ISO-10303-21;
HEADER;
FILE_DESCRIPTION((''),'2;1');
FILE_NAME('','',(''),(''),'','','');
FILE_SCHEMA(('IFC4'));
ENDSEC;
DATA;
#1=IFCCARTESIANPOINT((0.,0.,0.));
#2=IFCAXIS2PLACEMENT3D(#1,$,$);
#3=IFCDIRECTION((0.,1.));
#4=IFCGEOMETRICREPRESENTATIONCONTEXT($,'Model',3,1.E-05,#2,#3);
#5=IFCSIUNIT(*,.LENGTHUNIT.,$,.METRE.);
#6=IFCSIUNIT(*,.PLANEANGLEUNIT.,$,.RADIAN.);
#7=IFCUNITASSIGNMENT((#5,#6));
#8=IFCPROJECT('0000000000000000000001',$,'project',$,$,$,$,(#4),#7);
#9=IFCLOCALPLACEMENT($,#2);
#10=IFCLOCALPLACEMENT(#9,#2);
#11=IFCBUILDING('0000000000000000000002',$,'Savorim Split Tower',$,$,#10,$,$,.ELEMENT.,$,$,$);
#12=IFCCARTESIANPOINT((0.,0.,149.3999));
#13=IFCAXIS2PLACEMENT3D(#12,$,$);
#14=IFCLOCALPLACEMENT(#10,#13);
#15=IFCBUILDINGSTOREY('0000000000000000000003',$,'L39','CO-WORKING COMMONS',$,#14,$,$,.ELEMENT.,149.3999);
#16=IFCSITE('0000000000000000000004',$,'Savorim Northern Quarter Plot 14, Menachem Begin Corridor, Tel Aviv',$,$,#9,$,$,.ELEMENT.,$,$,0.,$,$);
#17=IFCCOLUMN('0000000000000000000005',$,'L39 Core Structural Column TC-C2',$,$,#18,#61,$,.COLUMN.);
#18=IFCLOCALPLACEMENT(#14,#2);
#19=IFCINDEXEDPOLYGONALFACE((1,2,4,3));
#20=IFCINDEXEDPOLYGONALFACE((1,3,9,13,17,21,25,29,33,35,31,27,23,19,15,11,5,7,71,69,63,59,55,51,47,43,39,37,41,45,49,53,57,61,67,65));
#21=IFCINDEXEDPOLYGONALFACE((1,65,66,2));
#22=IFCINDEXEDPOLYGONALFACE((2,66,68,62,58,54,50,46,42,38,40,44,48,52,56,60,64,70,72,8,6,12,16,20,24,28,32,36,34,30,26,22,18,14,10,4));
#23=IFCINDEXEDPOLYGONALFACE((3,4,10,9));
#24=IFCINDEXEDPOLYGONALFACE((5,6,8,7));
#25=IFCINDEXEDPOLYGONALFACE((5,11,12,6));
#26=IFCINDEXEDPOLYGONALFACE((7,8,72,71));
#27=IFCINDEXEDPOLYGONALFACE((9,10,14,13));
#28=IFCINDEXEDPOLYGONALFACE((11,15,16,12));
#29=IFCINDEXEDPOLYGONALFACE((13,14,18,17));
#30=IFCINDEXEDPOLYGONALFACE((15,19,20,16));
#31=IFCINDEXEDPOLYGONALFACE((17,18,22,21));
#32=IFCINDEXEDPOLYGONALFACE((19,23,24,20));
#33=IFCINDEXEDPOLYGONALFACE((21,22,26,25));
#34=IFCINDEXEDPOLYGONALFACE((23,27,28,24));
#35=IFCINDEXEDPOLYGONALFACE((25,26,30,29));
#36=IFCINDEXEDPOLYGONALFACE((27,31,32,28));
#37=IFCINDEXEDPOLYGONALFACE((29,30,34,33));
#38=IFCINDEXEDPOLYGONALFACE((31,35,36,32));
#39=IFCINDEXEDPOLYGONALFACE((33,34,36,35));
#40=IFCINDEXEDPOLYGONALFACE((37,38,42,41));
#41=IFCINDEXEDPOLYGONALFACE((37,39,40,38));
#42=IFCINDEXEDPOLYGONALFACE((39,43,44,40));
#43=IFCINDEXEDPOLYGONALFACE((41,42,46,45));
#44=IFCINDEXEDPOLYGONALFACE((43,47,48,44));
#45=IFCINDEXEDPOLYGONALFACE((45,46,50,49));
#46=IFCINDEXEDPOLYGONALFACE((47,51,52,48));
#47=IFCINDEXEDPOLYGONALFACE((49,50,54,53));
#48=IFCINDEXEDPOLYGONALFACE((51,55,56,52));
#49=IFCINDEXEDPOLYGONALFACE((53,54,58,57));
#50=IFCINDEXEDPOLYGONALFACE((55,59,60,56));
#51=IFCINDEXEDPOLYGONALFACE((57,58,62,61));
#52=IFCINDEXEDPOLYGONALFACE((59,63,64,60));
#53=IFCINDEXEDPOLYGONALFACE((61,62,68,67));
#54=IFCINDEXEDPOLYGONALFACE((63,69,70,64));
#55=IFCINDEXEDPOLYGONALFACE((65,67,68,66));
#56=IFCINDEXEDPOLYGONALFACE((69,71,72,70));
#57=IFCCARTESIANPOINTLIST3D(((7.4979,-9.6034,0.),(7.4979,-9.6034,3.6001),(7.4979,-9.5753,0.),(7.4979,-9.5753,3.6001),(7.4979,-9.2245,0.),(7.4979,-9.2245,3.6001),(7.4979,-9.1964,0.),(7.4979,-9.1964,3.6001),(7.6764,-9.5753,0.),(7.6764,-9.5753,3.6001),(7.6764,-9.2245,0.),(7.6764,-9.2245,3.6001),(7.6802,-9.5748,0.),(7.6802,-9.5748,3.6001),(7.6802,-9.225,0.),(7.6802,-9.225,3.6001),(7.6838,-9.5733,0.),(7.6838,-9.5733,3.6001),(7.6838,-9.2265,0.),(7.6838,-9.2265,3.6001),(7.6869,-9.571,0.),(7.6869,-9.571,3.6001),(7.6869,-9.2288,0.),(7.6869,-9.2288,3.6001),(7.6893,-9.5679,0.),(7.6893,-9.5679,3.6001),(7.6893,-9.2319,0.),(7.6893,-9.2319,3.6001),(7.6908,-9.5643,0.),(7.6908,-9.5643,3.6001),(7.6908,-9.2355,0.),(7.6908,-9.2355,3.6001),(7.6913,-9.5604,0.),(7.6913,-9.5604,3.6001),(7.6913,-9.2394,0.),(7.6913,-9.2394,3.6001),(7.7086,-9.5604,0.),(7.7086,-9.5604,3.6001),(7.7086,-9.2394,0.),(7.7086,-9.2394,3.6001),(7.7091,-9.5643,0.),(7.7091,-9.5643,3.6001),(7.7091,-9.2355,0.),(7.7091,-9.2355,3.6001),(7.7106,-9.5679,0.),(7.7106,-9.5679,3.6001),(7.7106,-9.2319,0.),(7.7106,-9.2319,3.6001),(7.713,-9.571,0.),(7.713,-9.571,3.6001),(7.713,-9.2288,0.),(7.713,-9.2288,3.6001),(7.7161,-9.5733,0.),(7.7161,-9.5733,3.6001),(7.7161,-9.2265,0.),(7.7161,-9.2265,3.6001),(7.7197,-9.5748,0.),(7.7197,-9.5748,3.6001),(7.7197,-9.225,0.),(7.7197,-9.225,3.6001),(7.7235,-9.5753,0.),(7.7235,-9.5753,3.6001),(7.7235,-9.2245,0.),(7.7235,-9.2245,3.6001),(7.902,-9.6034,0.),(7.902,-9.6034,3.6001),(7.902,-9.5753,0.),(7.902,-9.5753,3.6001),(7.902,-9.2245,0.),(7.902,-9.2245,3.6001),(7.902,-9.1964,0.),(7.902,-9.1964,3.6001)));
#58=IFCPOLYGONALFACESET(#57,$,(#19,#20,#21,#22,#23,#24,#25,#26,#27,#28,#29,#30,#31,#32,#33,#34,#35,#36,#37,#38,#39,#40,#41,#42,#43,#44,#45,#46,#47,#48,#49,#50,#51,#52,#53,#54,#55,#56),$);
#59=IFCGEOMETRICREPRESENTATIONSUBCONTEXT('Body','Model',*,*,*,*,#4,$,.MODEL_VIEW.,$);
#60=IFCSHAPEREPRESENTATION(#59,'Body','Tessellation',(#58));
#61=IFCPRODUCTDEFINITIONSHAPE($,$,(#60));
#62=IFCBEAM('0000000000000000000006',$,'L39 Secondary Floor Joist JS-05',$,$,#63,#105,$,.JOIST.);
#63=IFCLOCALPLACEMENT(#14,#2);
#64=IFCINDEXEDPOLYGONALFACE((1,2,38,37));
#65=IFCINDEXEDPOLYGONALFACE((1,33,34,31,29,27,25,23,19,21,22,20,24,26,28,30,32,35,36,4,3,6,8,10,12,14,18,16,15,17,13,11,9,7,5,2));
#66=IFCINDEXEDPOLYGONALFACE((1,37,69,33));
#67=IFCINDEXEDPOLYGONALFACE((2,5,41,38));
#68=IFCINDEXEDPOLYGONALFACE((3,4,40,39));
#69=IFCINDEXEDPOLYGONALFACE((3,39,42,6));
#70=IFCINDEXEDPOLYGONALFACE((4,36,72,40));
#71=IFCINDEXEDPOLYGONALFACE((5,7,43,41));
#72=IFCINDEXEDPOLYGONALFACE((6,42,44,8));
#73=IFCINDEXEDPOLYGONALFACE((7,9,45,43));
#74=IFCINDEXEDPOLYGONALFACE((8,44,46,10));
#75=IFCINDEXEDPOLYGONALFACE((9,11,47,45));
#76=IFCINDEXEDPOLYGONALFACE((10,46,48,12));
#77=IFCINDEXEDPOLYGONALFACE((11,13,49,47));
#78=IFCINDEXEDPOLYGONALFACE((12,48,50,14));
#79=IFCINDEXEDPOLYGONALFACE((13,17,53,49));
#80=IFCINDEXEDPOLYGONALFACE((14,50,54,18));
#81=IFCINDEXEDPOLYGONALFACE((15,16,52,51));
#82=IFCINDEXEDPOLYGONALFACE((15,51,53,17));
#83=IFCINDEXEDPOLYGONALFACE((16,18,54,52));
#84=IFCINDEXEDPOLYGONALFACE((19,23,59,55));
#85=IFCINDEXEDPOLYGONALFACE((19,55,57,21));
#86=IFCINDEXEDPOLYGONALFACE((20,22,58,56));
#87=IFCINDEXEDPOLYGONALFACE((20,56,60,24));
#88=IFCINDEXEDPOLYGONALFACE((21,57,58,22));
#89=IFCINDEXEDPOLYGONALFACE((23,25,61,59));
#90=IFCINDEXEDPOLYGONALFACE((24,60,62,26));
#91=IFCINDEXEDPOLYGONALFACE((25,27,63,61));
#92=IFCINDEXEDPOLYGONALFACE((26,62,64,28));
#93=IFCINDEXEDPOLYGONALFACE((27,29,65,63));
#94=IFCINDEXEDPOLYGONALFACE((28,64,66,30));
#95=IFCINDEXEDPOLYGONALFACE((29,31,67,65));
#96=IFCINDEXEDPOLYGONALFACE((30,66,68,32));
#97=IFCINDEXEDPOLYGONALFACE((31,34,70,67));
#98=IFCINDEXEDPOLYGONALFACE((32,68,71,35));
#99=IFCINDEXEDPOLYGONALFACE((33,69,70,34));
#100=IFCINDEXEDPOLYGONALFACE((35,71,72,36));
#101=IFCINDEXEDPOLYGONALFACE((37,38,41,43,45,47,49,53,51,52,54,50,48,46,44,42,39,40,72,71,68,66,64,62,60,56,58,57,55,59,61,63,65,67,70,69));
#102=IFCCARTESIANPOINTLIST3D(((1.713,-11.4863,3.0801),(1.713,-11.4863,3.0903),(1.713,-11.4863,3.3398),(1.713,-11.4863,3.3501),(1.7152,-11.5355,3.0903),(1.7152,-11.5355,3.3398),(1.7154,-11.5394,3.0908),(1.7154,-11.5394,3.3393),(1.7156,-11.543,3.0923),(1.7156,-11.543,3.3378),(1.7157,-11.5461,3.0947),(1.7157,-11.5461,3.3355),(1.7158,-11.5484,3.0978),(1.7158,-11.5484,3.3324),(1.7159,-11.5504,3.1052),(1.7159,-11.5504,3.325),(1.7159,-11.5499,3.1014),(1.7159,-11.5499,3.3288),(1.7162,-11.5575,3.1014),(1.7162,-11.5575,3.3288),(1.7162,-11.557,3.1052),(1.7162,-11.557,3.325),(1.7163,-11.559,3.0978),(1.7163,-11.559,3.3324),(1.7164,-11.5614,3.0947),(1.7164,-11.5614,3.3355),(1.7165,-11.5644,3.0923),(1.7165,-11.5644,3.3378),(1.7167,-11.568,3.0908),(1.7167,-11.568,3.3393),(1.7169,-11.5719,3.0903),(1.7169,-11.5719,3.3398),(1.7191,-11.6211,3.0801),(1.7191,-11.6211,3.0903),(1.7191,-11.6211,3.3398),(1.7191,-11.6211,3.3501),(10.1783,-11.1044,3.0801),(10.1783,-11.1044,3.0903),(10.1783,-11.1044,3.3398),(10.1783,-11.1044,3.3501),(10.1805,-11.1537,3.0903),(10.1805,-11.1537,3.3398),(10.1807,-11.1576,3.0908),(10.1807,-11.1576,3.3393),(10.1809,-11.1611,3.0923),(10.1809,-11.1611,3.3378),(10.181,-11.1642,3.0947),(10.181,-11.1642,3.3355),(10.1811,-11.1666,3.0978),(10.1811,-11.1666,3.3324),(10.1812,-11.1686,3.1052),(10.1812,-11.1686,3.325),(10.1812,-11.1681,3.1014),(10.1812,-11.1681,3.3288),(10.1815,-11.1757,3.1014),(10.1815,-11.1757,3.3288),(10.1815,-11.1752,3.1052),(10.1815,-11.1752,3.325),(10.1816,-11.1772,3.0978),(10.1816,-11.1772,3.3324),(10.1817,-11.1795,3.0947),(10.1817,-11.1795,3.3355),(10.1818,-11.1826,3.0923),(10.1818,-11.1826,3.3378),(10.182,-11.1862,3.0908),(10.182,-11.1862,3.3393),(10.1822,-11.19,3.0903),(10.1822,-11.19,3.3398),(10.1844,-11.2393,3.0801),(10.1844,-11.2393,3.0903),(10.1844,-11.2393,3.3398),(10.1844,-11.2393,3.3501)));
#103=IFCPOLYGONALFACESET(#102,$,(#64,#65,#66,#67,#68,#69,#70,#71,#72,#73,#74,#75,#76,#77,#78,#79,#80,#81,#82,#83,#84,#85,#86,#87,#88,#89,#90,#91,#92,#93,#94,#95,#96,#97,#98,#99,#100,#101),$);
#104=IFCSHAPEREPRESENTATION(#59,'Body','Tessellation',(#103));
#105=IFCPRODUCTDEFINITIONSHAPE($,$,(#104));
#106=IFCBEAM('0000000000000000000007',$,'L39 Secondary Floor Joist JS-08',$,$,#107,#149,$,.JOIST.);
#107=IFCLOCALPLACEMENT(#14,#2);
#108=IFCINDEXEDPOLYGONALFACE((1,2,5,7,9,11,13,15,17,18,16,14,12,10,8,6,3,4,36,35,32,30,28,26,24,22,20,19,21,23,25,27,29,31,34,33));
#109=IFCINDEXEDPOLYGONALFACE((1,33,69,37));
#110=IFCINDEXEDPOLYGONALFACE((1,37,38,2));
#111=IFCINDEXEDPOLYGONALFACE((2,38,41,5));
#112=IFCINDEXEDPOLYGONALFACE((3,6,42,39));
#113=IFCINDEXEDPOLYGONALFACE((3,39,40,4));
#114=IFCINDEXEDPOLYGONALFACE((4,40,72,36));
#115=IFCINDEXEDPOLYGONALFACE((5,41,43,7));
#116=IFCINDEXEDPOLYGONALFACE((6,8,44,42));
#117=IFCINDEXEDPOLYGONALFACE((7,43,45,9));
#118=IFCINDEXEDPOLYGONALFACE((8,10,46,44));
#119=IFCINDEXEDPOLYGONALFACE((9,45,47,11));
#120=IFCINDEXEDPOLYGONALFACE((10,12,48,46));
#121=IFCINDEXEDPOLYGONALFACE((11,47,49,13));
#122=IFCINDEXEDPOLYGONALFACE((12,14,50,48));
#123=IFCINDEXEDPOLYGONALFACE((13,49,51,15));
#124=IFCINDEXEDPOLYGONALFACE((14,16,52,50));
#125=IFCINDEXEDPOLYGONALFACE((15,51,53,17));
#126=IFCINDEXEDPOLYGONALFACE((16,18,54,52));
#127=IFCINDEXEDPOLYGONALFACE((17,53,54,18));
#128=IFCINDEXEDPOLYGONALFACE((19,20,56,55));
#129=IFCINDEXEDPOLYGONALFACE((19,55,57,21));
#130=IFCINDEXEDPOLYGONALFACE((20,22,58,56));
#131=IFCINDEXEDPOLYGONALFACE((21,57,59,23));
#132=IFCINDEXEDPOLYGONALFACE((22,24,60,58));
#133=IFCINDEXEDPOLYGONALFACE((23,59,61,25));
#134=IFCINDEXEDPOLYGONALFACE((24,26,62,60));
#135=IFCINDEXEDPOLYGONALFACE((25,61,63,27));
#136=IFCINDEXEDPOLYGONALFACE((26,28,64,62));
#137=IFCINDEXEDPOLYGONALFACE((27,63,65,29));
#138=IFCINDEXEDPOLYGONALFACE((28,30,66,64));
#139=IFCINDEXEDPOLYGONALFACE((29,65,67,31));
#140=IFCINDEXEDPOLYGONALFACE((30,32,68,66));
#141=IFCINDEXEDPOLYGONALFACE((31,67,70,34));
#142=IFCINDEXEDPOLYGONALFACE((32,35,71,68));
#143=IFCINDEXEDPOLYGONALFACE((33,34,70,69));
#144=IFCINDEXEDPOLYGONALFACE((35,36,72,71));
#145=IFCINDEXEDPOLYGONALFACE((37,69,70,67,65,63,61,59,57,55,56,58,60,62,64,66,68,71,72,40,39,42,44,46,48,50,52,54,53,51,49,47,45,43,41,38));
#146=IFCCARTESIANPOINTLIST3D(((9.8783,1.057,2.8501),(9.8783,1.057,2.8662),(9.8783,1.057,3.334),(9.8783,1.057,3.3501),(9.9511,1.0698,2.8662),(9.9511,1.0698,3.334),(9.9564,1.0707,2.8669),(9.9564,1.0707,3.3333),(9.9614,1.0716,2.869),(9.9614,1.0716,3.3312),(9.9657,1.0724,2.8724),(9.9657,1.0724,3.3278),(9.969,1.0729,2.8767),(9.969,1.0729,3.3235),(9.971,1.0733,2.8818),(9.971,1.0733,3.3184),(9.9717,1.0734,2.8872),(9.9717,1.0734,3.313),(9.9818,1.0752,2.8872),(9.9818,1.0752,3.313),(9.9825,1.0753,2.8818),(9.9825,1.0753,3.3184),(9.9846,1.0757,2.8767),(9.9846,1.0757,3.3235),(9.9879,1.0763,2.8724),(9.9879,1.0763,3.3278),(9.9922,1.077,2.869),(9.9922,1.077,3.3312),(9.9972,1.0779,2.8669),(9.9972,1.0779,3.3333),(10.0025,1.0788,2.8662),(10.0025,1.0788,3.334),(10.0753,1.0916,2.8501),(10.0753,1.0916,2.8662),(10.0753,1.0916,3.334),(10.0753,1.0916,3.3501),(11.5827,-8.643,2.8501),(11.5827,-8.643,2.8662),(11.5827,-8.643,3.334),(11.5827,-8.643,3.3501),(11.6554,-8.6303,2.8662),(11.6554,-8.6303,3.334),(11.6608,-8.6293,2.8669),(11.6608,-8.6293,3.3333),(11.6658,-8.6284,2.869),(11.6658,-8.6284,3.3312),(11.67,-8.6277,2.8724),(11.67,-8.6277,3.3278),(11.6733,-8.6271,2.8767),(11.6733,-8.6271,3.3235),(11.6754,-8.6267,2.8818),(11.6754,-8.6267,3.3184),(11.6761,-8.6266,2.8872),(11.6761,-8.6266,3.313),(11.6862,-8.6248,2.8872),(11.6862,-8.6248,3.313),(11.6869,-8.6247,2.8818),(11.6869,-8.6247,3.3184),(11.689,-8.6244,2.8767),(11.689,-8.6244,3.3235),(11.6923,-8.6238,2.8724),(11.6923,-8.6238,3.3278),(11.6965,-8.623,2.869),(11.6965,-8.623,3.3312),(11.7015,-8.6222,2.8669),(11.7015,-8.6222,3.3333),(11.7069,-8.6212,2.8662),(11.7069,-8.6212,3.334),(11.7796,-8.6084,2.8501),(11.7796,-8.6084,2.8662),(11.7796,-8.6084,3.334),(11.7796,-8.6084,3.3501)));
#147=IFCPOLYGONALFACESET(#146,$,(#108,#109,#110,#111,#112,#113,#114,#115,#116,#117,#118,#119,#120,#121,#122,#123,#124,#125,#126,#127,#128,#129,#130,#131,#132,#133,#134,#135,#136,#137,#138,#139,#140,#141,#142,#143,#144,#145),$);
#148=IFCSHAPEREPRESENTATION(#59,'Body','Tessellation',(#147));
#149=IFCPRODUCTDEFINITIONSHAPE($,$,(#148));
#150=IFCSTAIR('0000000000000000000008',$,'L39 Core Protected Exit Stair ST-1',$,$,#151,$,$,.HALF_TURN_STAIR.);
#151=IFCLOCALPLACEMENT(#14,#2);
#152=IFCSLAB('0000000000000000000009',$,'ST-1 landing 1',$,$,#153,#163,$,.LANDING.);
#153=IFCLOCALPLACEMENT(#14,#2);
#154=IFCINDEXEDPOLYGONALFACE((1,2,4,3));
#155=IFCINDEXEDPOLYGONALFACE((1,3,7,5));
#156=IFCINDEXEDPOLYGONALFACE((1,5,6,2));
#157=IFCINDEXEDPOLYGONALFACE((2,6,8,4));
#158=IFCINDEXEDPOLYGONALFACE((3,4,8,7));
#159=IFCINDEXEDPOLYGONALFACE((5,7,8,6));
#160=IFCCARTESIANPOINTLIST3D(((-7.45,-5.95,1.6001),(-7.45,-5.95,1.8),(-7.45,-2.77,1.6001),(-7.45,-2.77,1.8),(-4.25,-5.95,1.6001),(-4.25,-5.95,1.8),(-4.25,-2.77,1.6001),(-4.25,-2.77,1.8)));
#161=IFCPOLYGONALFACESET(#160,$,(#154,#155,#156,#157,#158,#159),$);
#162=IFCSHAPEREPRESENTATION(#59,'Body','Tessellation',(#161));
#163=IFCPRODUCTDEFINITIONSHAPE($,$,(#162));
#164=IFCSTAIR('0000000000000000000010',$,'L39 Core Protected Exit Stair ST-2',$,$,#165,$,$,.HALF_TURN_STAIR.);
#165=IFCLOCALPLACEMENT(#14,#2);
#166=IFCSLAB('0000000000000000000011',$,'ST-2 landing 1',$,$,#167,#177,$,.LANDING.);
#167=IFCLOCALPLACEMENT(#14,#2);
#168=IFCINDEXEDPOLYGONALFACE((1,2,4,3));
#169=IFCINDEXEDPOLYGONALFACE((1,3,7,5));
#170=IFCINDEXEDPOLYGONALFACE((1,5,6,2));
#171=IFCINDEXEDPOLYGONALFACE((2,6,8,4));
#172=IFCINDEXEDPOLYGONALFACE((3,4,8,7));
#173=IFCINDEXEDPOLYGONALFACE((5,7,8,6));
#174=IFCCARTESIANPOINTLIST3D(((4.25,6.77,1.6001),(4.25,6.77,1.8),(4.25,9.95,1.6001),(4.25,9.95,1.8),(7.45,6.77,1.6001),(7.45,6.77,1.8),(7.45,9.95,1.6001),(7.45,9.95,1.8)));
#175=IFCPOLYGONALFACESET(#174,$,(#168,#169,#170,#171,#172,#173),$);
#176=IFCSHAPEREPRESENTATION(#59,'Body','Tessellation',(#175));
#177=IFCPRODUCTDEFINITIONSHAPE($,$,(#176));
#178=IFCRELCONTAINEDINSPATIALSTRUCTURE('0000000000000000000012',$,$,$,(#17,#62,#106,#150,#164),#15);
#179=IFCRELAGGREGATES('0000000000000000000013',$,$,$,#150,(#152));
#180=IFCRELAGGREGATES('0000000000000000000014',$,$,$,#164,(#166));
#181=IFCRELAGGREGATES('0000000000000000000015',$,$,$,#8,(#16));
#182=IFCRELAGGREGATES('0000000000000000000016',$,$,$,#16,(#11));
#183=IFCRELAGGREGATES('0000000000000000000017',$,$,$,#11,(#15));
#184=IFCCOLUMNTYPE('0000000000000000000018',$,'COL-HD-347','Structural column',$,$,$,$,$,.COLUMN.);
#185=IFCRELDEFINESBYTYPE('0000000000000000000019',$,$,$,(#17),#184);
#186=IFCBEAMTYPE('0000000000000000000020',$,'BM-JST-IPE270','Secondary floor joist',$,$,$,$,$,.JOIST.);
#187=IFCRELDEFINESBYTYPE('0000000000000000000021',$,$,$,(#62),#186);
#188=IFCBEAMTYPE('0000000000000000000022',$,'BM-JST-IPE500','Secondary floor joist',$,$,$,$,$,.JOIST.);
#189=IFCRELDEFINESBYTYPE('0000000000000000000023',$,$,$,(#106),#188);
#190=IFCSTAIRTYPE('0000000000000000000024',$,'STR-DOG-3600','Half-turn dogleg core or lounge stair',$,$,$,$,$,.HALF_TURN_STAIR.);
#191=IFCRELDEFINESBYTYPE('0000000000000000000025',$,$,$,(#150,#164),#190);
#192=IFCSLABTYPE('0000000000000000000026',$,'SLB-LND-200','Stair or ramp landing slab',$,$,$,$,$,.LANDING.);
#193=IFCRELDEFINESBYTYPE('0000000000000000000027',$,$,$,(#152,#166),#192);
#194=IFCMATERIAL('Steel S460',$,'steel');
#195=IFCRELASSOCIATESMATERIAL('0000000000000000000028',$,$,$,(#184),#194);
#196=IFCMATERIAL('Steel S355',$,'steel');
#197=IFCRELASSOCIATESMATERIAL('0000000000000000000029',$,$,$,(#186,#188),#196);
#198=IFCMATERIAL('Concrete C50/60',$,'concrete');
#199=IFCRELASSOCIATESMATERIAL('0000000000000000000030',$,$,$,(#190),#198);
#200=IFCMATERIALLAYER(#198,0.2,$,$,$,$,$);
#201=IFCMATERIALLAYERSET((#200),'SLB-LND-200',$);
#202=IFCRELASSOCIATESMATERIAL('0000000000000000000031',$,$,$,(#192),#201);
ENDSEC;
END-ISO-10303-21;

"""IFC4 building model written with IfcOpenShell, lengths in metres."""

from ifc_helpers import new_model, si_unit, direction, frame, origin, origin_2d, place, context, subcontext, project, spatial, polyline, i_section, outline, extrude, material, layer, layer_set, material_profile, profile_set, type_object, element, aggregate, save


model = new_model("IFC4")

# Units and contexts
model_context = context("Model", 3, precision=1e-05, world=origin(), true_north=direction((0.0, 1.0)))
body_context = subcontext(model_context, "Body", "Model", "MODEL_VIEW")
ifc_project = project(units=[si_unit("LENGTHUNIT", "METRE"), si_unit("PLANEANGLEUNIT", "RADIAN")], contexts=[model_context])

# Site, building, storey
site_placement = place(None, origin())
site = spatial("IfcSite", under=ifc_project, at=site_placement, Name="Savorim Northern Quarter Plot 14, Menachem Begin Corridor, Tel Aviv", CompositionType="ELEMENT", RefElevation=0.0)
building_placement = place(site_placement, origin())
building = spatial("IfcBuilding", under=site, at=building_placement, Name="Savorim Split Tower", CompositionType="ELEMENT")
storey_placement = place(building_placement, frame((0.0, 0.0, 149.3999)))
storey = spatial("IfcBuildingStorey", under=building, at=storey_placement, Name="L39", Description="CO-WORKING COMMONS", CompositionType="ELEMENT", Elevation=149.3999)

# Column
ifc_material_1 = material(Name="Steel S460", Category="steel")
ifc_material_profile_1 = material_profile(ifc_material_1, i_section(OverallWidth=0.4041, OverallDepth=0.407, WebThickness=0.0173, FlangeThickness=0.0281, FilletRadius=0.0149, at=origin_2d()), Name="HD 400x347")
ifc_profile_set_1 = profile_set([ifc_material_profile_1], Name="Steel S460")
column_type = type_object("IfcColumnType", Name="COL-HD-347", Description="Structural column", PredefinedType="COLUMN", material=ifc_profile_set_1)
column_placement = place(storey_placement, frame((7.7, -9.3999, 0.0), z_axis=(0.0, 0.0, 1.0), x_axis=(1.0, 0.0, 0.0)))
element("IfcColumn", 1, at=column_placement, inside=storey, type_object=column_type, Name="L39 Core Structural Column TC-C2", PredefinedType="COLUMN", context=body_context, shape_type="SweptSolid", body=[
    extrude(i_section(OverallWidth=0.4041, OverallDepth=0.407, WebThickness=0.0173, FlangeThickness=0.0281, FilletRadius=0.0149, at=origin_2d()), origin(), (0.0, 0.0, 1.0), 3.6001),
])

# Beams
ifc_material_2 = material(Name="Steel S355", Category="steel")
ifc_material_profile_2 = material_profile(ifc_material_2, i_section(OverallWidth=0.135, OverallDepth=0.27, WebThickness=0.0066, FlangeThickness=0.0103, FilletRadius=0.0149, at=origin_2d()), Name="IPE 270")
ifc_profile_set_2 = profile_set([ifc_material_profile_2], Name="Steel S355")
beam_type_1 = type_object("IfcBeamType", Name="BM-JST-IPE270", Description="Secondary floor joist", PredefinedType="JOIST", material=ifc_profile_set_2)
beam_1_placement = place(storey_placement, frame((1.7161, -11.5537, 3.2151), z_axis=(0.998984, 0.04506, 0.0), x_axis=(-0.04506, 0.998984, 0.0)))
element("IfcBeam", 2, at=beam_1_placement, inside=storey, type_object=beam_type_1, Name="L39 Secondary Floor Joist JS-05", PredefinedType="JOIST", context=body_context, shape_type="SweptSolid", body=[
    extrude(i_section(OverallWidth=0.135, OverallDepth=0.27, WebThickness=0.0066, FlangeThickness=0.0103, FilletRadius=0.0149, at=origin_2d()), origin(), (0.0, 0.0, 1.0), 8.4739),
])
ifc_material_profile_3 = material_profile(ifc_material_2, i_section(OverallWidth=0.2, OverallDepth=0.5, WebThickness=0.0103, FlangeThickness=0.0161, FilletRadius=0.021, at=origin_2d()), Name="IPE 500")
ifc_profile_set_3 = profile_set([ifc_material_profile_3], Name="Steel S355")
beam_type_2 = type_object("IfcBeamType", Name="BM-JST-IPE500", Description="Secondary floor joist", PredefinedType="JOIST", material=ifc_profile_set_3)
beam_2_placement = place(storey_placement, frame((11.6812, -8.6257, 3.1001), z_axis=(-0.173056, 0.984912, 0.0), x_axis=(-0.984912, -0.173056, 0.0)))
element("IfcBeam", 3, at=beam_2_placement, inside=storey, type_object=beam_type_2, Name="L39 Secondary Floor Joist JS-08", PredefinedType="JOIST", context=body_context, shape_type="SweptSolid", body=[
    extrude(i_section(OverallWidth=0.2, OverallDepth=0.5, WebThickness=0.0103, FlangeThickness=0.0161, FilletRadius=0.021, at=origin_2d()), origin(), (0.0, 0.0, 1.0), 9.8486),
])

# Stairs, slabs
ifc_material_3 = material(Name="Concrete C50/60", Category="concrete")
stair_type = type_object("IfcStairType", Name="STR-DOG-3600", Description="Half-turn dogleg core or lounge stair", PredefinedType="HALF_TURN_STAIR", material=ifc_material_3)
stair_1_placement = place(storey_placement, origin())
stair_1 = element("IfcStair", 4, at=stair_1_placement, inside=storey, type_object=stair_type, Name="L39 Core Protected Exit Stair ST-1", PredefinedType="HALF_TURN_STAIR")
ifc_layer_1 = layer(ifc_material_3, 0.2)
ifc_layer_set_1 = layer_set([ifc_layer_1], Name="SLB-LND-200")
slab_type = type_object("IfcSlabType", Name="SLB-LND-200", Description="Stair or ramp landing slab", PredefinedType="LANDING", material=ifc_layer_set_1)
slab_1_placement = place(storey_placement, frame((0.0, 0.0, 1.6001)))
slab_1 = element("IfcSlab", 5, at=slab_1_placement, type_object=slab_type, Name="ST-1 landing 1", PredefinedType="LANDING", context=body_context, shape_type="SweptSolid", body=[
    extrude(outline(polyline([(-7.45, -2.77), (-7.45, -5.95), (-4.25, -5.95), (-4.25, -2.77), (-7.45, -2.77)])), origin(), (0.0, 0.0, 1.0), 0.2),
])
aggregate(stair_1, [slab_1])
stair_2_placement = place(storey_placement, origin())
stair_2 = element("IfcStair", 6, at=stair_2_placement, inside=storey, type_object=stair_type, Name="L39 Core Protected Exit Stair ST-2", PredefinedType="HALF_TURN_STAIR")
slab_2_placement = place(storey_placement, frame((0.0, 0.0, 1.6001)))
slab_2 = element("IfcSlab", 7, at=slab_2_placement, type_object=slab_type, Name="ST-2 landing 1", PredefinedType="LANDING", context=body_context, shape_type="SweptSolid", body=[
    extrude(outline(polyline([(7.45, 6.77), (7.45, 9.95), (4.25, 9.95), (4.25, 6.77), (7.45, 6.77)])), origin(), (0.0, 0.0, 1.0), 0.2),
])
aggregate(stair_2, [slab_2])

save(model, "model.ifc")
